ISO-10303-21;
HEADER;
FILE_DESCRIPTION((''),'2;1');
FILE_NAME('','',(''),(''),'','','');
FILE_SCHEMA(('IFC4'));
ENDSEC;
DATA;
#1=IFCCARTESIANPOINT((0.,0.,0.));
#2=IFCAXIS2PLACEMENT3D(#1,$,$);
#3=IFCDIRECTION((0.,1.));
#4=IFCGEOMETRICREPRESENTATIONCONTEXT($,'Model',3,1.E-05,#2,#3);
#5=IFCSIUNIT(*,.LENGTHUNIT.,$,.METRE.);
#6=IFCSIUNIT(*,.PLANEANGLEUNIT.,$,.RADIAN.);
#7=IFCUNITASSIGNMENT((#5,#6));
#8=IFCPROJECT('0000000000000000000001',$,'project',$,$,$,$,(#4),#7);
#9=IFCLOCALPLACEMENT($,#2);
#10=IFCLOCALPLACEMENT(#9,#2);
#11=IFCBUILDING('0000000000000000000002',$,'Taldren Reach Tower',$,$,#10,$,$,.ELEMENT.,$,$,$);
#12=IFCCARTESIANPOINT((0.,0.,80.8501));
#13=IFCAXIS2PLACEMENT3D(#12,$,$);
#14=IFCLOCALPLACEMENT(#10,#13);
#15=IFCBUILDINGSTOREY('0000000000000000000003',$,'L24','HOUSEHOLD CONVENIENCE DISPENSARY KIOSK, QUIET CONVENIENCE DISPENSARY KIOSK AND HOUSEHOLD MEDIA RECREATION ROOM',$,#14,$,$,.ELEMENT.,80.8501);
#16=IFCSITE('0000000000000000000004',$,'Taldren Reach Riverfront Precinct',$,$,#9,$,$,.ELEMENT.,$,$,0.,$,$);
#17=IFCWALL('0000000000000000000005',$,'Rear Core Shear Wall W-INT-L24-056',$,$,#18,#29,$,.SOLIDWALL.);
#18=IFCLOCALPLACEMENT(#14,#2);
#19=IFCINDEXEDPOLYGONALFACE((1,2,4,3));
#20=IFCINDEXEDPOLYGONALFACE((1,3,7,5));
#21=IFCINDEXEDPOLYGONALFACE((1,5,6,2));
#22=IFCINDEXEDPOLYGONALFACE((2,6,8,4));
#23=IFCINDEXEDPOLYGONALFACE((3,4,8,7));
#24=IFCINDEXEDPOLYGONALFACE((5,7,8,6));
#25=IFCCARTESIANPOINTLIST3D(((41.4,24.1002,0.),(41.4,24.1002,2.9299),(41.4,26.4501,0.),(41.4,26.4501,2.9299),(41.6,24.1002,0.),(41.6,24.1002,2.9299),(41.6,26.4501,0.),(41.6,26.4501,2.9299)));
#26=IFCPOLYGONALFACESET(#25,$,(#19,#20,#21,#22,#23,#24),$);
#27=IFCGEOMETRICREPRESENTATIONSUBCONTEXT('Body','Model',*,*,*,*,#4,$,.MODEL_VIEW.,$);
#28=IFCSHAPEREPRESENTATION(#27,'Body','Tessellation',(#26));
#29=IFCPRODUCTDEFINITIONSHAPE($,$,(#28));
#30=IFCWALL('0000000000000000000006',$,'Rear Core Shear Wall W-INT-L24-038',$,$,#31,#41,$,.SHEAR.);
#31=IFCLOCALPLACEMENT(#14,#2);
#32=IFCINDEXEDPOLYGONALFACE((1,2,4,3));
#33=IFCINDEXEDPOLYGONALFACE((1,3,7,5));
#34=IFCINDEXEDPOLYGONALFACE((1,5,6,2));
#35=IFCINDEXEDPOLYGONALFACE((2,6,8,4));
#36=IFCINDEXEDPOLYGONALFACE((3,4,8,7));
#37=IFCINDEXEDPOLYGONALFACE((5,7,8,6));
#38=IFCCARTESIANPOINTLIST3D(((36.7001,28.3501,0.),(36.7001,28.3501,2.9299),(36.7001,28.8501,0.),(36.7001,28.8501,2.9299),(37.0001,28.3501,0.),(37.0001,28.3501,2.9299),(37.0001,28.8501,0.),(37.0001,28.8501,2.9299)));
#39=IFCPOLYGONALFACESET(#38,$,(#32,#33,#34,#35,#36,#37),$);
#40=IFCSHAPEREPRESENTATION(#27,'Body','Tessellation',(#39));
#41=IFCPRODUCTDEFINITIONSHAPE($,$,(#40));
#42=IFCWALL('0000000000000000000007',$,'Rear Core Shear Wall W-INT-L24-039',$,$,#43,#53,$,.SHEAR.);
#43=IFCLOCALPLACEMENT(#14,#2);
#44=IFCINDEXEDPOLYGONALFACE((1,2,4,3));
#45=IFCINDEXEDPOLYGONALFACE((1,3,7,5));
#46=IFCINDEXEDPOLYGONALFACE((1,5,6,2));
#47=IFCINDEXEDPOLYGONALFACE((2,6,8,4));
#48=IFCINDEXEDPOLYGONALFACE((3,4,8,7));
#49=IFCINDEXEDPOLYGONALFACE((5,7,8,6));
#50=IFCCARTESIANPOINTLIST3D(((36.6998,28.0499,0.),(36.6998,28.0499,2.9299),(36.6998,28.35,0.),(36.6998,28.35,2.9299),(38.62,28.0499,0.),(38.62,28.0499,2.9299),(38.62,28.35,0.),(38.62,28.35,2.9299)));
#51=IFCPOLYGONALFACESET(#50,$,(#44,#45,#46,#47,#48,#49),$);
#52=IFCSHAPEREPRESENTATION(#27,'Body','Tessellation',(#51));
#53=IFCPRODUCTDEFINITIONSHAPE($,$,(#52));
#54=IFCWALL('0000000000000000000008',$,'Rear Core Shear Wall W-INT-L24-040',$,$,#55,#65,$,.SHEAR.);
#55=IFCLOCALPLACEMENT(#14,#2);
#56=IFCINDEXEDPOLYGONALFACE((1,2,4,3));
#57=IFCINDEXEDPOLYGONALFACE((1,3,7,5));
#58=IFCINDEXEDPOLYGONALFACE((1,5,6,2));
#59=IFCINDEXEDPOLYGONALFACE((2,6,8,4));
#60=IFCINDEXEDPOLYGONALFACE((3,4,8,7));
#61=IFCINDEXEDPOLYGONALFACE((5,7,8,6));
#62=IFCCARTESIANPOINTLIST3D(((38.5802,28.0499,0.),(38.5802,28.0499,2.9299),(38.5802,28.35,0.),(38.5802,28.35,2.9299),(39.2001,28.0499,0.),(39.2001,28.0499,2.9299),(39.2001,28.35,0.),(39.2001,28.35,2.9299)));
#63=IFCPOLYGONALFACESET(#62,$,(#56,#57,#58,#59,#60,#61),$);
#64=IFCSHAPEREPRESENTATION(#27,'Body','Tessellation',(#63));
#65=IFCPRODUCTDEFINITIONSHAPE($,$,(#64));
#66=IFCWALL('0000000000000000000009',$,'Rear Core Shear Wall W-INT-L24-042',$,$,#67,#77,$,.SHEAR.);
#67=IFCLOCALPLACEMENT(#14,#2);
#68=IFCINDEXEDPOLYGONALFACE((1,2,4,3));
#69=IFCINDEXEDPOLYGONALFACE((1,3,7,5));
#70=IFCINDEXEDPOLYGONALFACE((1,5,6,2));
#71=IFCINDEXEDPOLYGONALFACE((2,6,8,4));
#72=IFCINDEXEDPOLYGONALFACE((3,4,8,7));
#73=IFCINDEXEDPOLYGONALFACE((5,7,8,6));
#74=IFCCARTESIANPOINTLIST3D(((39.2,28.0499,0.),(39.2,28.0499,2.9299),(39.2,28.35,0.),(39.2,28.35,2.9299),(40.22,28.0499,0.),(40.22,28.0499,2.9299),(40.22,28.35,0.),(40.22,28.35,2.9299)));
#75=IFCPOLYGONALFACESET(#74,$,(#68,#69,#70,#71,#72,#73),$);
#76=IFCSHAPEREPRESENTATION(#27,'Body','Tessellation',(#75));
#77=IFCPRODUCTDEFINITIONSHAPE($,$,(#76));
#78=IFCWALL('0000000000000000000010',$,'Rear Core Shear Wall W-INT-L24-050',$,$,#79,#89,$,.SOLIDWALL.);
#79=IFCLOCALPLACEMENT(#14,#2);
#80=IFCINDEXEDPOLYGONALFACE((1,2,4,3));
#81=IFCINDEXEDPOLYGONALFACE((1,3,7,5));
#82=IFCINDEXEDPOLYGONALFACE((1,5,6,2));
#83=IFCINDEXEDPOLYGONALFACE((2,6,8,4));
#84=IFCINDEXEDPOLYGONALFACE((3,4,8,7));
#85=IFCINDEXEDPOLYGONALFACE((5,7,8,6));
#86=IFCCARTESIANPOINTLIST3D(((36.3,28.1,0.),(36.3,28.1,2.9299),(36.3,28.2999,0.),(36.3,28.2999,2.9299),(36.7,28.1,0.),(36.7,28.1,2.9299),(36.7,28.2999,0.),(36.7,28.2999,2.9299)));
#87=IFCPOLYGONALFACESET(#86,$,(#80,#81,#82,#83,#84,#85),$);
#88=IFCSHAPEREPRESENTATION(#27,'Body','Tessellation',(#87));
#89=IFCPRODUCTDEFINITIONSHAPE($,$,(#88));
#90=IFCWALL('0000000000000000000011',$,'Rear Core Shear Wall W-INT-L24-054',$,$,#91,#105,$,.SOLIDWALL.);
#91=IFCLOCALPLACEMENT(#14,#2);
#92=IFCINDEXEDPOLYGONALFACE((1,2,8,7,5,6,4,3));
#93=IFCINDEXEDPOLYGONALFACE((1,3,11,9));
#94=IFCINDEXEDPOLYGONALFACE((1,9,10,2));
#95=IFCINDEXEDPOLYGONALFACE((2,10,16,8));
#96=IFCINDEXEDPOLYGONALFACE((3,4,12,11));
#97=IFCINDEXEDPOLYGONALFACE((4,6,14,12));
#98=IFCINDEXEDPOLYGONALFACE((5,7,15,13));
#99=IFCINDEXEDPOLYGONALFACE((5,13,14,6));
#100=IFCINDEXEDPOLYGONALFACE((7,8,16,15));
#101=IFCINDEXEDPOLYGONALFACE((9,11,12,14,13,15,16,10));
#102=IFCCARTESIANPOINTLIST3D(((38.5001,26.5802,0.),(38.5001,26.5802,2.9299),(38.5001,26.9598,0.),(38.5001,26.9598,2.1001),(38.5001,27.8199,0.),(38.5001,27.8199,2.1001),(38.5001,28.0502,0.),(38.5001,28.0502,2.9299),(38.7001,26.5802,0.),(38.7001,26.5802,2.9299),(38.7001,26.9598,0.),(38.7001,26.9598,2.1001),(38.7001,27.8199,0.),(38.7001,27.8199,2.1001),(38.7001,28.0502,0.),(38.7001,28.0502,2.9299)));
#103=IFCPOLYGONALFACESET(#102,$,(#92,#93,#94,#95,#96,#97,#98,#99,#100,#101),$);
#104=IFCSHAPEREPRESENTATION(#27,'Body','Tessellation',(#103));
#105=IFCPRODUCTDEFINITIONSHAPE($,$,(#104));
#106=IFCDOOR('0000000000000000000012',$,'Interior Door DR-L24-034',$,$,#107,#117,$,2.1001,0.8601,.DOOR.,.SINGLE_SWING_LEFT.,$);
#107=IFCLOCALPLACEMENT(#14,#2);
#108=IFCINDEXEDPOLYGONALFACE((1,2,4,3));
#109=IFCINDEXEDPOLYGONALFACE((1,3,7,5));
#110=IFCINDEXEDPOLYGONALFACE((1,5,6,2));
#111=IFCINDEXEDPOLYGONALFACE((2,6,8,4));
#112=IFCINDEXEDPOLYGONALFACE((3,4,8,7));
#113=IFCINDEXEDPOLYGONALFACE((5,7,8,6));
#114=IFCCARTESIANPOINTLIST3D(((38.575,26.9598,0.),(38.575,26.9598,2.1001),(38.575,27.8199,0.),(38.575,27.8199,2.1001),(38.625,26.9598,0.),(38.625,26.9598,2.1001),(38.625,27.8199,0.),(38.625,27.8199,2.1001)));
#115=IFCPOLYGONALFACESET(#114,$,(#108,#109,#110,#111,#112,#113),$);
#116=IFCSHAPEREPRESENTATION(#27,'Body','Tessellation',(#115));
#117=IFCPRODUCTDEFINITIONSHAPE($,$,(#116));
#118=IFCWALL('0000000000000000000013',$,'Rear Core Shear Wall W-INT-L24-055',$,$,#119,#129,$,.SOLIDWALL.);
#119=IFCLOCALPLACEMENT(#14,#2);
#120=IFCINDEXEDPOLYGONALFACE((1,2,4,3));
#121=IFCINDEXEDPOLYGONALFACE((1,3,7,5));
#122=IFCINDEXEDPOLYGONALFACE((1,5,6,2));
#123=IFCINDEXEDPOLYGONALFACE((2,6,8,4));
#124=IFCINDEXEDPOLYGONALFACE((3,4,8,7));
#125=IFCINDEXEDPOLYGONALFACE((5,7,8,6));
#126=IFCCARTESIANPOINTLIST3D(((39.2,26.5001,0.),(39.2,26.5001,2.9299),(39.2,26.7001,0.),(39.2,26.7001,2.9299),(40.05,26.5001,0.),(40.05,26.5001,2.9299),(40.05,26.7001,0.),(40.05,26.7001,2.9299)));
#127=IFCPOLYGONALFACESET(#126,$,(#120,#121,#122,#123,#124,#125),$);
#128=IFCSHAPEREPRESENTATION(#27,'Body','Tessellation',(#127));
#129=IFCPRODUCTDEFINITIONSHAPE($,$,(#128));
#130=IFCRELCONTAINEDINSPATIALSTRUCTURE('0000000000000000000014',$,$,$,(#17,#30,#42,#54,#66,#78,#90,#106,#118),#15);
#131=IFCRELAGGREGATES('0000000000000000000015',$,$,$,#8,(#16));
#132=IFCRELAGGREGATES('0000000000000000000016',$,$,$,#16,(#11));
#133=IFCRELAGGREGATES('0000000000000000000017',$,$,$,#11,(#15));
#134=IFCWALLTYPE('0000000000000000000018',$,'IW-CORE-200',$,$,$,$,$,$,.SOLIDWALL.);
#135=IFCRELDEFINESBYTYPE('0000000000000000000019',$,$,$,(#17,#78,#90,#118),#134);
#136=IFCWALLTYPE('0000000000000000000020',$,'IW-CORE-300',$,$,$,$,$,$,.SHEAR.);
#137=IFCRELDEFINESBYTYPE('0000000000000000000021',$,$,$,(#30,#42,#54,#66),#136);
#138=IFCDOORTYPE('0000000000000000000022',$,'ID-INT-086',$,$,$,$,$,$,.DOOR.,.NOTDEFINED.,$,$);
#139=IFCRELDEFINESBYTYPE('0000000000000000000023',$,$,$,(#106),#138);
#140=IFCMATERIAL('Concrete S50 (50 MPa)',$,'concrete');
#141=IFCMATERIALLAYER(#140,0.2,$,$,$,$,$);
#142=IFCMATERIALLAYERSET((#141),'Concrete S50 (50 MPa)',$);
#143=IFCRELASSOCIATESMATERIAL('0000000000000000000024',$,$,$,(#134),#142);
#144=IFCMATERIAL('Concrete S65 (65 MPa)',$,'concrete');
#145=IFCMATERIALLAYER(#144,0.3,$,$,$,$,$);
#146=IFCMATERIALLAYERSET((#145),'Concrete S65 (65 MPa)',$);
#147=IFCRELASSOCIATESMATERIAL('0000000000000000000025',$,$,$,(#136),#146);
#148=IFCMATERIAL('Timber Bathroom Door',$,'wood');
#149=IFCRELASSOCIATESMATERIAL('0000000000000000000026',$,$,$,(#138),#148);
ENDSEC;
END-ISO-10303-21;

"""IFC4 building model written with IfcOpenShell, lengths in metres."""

from ifc_helpers import new_model, si_unit, direction, frame, frame_2d, origin, place, context, subcontext, project, spatial, rectangle, extrude, source, transform, mapped, material, layer, layer_set, type_object, element, fill, save


model = new_model("IFC4")

# Units and contexts
model_context = context("Model", 3, precision=1e-05, world=origin(), true_north=direction((0.0, 1.0)))
body_context = subcontext(model_context, "Body", "Model", "MODEL_VIEW")
ifc_project = project(units=[si_unit("LENGTHUNIT", "METRE"), si_unit("PLANEANGLEUNIT", "RADIAN")], contexts=[model_context])

# Site, building, storey
site_placement = place(None, origin())
site = spatial("IfcSite", under=ifc_project, at=site_placement, Name="Taldren Reach Riverfront Precinct", CompositionType="ELEMENT", RefElevation=0.0)
building_placement = place(site_placement, origin())
building = spatial("IfcBuilding", under=site, at=building_placement, Name="Taldren Reach Tower", CompositionType="ELEMENT")
storey_placement = place(building_placement, frame((0.0, 0.0, 80.8501)))
storey = spatial("IfcBuildingStorey", under=building, at=storey_placement, Name="L24", Description="HOUSEHOLD CONVENIENCE DISPENSARY KIOSK, QUIET CONVENIENCE DISPENSARY KIOSK AND HOUSEHOLD MEDIA RECREATION ROOM", CompositionType="ELEMENT", Elevation=80.8501)

# Shared definitions
ifc_material_1 = material(Name="Concrete S50 (50 MPa)", Category="concrete")
ifc_layer_1 = layer(ifc_material_1, 0.2)
ifc_layer_set_1 = layer_set([ifc_layer_1], Name="Concrete S50 (50 MPa)")
wall_type_1 = type_object("IfcWallType", Name="IW-CORE-200", PredefinedType="SOLIDWALL", material=ifc_layer_set_1)

# Walls
ifc_material_2 = material(Name="Concrete S65 (65 MPa)", Category="concrete")
ifc_layer_2 = layer(ifc_material_2, 0.3)
ifc_layer_set_2 = layer_set([ifc_layer_2], Name="Concrete S65 (65 MPa)")
wall_type_2 = type_object("IfcWallType", Name="IW-CORE-300", PredefinedType="SHEAR", material=ifc_layer_set_2)
shared_shape_1 = source(origin(), body_context, "Body", "SweptSolid", [
    extrude(rectangle(XDim=2.3499, YDim=0.2, at=frame_2d((1.1748, 0.0))), origin(), (0.0, 0.0, 1.0), 2.9299),
])
wall_1_placement = place(storey_placement, frame((41.5, 26.45, 0.0), z_axis=(0.0, 0.0, 1.0), x_axis=(0.0, -1.0, 0.0)))
element("IfcWall", 1, at=wall_1_placement, inside=storey, type_object=wall_type_1, Name="Rear Core Shear Wall W-INT-L24-056", PredefinedType="SOLIDWALL", context=body_context, shape_type="MappedRepresentation", body=[
    mapped(shared_shape_1, transform((0.0, 0.0, 0.0), scale=1.0)),
])
shared_shape_2 = source(origin(), body_context, "Body", "SweptSolid", [
    extrude(rectangle(XDim=0.5, YDim=0.3, at=frame_2d((0.25, 0.0))), origin(), (0.0, 0.0, 1.0), 2.9299),
])
wall_2_placement = place(storey_placement, frame((36.8501, 28.8501, 0.0), z_axis=(0.0, 0.0, 1.0), x_axis=(0.0, -1.0, 0.0)))
element("IfcWall", 2, at=wall_2_placement, inside=storey, type_object=wall_type_2, Name="Rear Core Shear Wall W-INT-L24-038", PredefinedType="SHEAR", context=body_context, shape_type="MappedRepresentation", body=[
    mapped(shared_shape_2, transform((0.0, 0.0, 0.0), scale=1.0)),
])
shared_shape_3 = source(origin(), body_context, "Body", "SweptSolid", [
    extrude(rectangle(XDim=1.9202, YDim=0.3, at=frame_2d((0.96, 0.0))), origin(), (0.0, 0.0, 1.0), 2.9299),
])
wall_3_placement = place(storey_placement, frame((36.7, 28.2, 0.0), z_axis=(0.0, 0.0, 1.0), x_axis=(1.0, 0.0, 0.0)))
element("IfcWall", 3, at=wall_3_placement, inside=storey, type_object=wall_type_2, Name="Rear Core Shear Wall W-INT-L24-039", PredefinedType="SHEAR", context=body_context, shape_type="MappedRepresentation", body=[
    mapped(shared_shape_3, transform((0.0, 0.0, 0.0), scale=1.0)),
])
shared_shape_4 = source(origin(), body_context, "Body", "SweptSolid", [
    extrude(rectangle(XDim=0.6199, YDim=0.3, at=frame_2d((0.3101, 0.0))), origin(), (0.0, 0.0, 1.0), 2.9299),
])
wall_4_placement = place(storey_placement, frame((38.5801, 28.2, 0.0), z_axis=(0.0, 0.0, 1.0), x_axis=(1.0, 0.0, 0.0)))
element("IfcWall", 4, at=wall_4_placement, inside=storey, type_object=wall_type_2, Name="Rear Core Shear Wall W-INT-L24-040", PredefinedType="SHEAR", context=body_context, shape_type="MappedRepresentation", body=[
    mapped(shared_shape_4, transform((0.0, 0.0, 0.0), scale=1.0)),
])
shared_shape_5 = source(origin(), body_context, "Body", "SweptSolid", [
    extrude(rectangle(XDim=1.02, YDim=0.3, at=frame_2d((0.51, 0.0))), origin(), (0.0, 0.0, 1.0), 2.9299),
])
wall_5_placement = place(storey_placement, frame((39.2, 28.2, 0.0), z_axis=(0.0, 0.0, 1.0), x_axis=(1.0, 0.0, 0.0)))
element("IfcWall", 5, at=wall_5_placement, inside=storey, type_object=wall_type_2, Name="Rear Core Shear Wall W-INT-L24-042", PredefinedType="SHEAR", context=body_context, shape_type="MappedRepresentation", body=[
    mapped(shared_shape_5, transform((0.0, 0.0, 0.0), scale=1.0)),
])
shared_shape_6 = source(origin(), body_context, "Body", "SweptSolid", [
    extrude(rectangle(XDim=0.3999, YDim=0.2, at=frame_2d((0.2, 0.0))), origin(), (0.0, 0.0, 1.0), 2.9299),
])
wall_6_placement = place(storey_placement, frame((36.7, 28.2, 0.0), z_axis=(0.0, 0.0, 1.0), x_axis=(-1.0, 0.0, 0.0)))
element("IfcWall", 6, at=wall_6_placement, inside=storey, type_object=wall_type_1, Name="Rear Core Shear Wall W-INT-L24-050", PredefinedType="SOLIDWALL", context=body_context, shape_type="MappedRepresentation", body=[
    mapped(shared_shape_6, transform((0.0, 0.0, 0.0), scale=1.0)),
])

# Wall, opening, door
shared_shape_7 = source(origin(), body_context, "Body", "SweptSolid", [
    extrude(rectangle(XDim=1.47, YDim=0.2, at=frame_2d((0.7349, 0.0))), origin(), (0.0, 0.0, 1.0), 2.9299),
])
wall_7_placement = place(storey_placement, frame((38.6001, 28.05, 0.0), z_axis=(0.0, 0.0, 1.0), x_axis=(0.0, -1.0, 0.0)))
wall_7 = element("IfcWall", 7, at=wall_7_placement, inside=storey, type_object=wall_type_1, Name="Rear Core Shear Wall W-INT-L24-054", PredefinedType="SOLIDWALL", context=body_context, shape_type="MappedRepresentation", body=[
    mapped(shared_shape_7, transform((0.0, 0.0, 0.0), scale=1.0)),
])
shared_shape_8 = source(origin(), body_context, "Body", "SweptSolid", [
    extrude(rectangle(XDim=0.8601, YDim=2.1001, at=frame_2d((0.4302, 1.05))), frame((0.0, 0.1099, 0.0), z_axis=(0.0, -1.0, 0.0), x_axis=(1.0, 0.0, 0.0)), (0.0, 0.0, 1.0), 0.22),
])
opening_1_placement = place(wall_7_placement, frame((0.23, 0.0, 0.0)))
opening_1 = element("IfcOpeningElement", 8, at=opening_1_placement, cuts=wall_7, PredefinedType="OPENING", context=body_context, shape_type="MappedRepresentation", body=[
    mapped(shared_shape_8, transform((0.0, 0.0, 0.0), scale=1.0)),
])
ifc_material_3 = material(Name="Timber Bathroom Door", Category="wood")
door_type_1 = type_object("IfcDoorType", Name="ID-INT-086", OperationType="NOTDEFINED", PredefinedType="DOOR", material=ifc_material_3)
shared_shape_9 = source(origin(), body_context, "Body", "SweptSolid", [
    extrude(rectangle(XDim=0.8601, YDim=2.1001, at=frame_2d((0.4302, 1.05))), frame((0.0, 0.0249, 0.0), z_axis=(0.0, -1.0, 0.0), x_axis=(1.0, 0.0, 0.0)), (0.0, 0.0, 1.0), 0.05),
])
door_1_placement = place(opening_1_placement, origin())
door_1 = element("IfcDoor", 9, at=door_1_placement, inside=storey, type_object=door_type_1, Name="Interior Door DR-L24-034", OperationType="SINGLE_SWING_LEFT", OverallHeight=2.1001, OverallWidth=0.8601, PredefinedType="DOOR", context=body_context, shape_type="MappedRepresentation", body=[
    mapped(shared_shape_9, transform((0.0, 0.0, 0.0), scale=1.0)),
])
fill(opening_1, door_1)

# Wall
shared_shape_10 = source(origin(), body_context, "Body", "SweptSolid", [
    extrude(rectangle(XDim=0.8501, YDim=0.2, at=frame_2d((0.425, 0.0))), origin(), (0.0, 0.0, 1.0), 2.9299),
])
wall_8_placement = place(storey_placement, frame((39.2, 26.6001, 0.0), z_axis=(0.0, 0.0, 1.0), x_axis=(1.0, 0.0, 0.0)))
element("IfcWall", 10, at=wall_8_placement, inside=storey, type_object=wall_type_1, Name="Rear Core Shear Wall W-INT-L24-055", PredefinedType="SOLIDWALL", context=body_context, shape_type="MappedRepresentation", body=[
    mapped(shared_shape_10, transform((0.0, 0.0, 0.0), scale=1.0)),
])

save(model, "model.ifc")
